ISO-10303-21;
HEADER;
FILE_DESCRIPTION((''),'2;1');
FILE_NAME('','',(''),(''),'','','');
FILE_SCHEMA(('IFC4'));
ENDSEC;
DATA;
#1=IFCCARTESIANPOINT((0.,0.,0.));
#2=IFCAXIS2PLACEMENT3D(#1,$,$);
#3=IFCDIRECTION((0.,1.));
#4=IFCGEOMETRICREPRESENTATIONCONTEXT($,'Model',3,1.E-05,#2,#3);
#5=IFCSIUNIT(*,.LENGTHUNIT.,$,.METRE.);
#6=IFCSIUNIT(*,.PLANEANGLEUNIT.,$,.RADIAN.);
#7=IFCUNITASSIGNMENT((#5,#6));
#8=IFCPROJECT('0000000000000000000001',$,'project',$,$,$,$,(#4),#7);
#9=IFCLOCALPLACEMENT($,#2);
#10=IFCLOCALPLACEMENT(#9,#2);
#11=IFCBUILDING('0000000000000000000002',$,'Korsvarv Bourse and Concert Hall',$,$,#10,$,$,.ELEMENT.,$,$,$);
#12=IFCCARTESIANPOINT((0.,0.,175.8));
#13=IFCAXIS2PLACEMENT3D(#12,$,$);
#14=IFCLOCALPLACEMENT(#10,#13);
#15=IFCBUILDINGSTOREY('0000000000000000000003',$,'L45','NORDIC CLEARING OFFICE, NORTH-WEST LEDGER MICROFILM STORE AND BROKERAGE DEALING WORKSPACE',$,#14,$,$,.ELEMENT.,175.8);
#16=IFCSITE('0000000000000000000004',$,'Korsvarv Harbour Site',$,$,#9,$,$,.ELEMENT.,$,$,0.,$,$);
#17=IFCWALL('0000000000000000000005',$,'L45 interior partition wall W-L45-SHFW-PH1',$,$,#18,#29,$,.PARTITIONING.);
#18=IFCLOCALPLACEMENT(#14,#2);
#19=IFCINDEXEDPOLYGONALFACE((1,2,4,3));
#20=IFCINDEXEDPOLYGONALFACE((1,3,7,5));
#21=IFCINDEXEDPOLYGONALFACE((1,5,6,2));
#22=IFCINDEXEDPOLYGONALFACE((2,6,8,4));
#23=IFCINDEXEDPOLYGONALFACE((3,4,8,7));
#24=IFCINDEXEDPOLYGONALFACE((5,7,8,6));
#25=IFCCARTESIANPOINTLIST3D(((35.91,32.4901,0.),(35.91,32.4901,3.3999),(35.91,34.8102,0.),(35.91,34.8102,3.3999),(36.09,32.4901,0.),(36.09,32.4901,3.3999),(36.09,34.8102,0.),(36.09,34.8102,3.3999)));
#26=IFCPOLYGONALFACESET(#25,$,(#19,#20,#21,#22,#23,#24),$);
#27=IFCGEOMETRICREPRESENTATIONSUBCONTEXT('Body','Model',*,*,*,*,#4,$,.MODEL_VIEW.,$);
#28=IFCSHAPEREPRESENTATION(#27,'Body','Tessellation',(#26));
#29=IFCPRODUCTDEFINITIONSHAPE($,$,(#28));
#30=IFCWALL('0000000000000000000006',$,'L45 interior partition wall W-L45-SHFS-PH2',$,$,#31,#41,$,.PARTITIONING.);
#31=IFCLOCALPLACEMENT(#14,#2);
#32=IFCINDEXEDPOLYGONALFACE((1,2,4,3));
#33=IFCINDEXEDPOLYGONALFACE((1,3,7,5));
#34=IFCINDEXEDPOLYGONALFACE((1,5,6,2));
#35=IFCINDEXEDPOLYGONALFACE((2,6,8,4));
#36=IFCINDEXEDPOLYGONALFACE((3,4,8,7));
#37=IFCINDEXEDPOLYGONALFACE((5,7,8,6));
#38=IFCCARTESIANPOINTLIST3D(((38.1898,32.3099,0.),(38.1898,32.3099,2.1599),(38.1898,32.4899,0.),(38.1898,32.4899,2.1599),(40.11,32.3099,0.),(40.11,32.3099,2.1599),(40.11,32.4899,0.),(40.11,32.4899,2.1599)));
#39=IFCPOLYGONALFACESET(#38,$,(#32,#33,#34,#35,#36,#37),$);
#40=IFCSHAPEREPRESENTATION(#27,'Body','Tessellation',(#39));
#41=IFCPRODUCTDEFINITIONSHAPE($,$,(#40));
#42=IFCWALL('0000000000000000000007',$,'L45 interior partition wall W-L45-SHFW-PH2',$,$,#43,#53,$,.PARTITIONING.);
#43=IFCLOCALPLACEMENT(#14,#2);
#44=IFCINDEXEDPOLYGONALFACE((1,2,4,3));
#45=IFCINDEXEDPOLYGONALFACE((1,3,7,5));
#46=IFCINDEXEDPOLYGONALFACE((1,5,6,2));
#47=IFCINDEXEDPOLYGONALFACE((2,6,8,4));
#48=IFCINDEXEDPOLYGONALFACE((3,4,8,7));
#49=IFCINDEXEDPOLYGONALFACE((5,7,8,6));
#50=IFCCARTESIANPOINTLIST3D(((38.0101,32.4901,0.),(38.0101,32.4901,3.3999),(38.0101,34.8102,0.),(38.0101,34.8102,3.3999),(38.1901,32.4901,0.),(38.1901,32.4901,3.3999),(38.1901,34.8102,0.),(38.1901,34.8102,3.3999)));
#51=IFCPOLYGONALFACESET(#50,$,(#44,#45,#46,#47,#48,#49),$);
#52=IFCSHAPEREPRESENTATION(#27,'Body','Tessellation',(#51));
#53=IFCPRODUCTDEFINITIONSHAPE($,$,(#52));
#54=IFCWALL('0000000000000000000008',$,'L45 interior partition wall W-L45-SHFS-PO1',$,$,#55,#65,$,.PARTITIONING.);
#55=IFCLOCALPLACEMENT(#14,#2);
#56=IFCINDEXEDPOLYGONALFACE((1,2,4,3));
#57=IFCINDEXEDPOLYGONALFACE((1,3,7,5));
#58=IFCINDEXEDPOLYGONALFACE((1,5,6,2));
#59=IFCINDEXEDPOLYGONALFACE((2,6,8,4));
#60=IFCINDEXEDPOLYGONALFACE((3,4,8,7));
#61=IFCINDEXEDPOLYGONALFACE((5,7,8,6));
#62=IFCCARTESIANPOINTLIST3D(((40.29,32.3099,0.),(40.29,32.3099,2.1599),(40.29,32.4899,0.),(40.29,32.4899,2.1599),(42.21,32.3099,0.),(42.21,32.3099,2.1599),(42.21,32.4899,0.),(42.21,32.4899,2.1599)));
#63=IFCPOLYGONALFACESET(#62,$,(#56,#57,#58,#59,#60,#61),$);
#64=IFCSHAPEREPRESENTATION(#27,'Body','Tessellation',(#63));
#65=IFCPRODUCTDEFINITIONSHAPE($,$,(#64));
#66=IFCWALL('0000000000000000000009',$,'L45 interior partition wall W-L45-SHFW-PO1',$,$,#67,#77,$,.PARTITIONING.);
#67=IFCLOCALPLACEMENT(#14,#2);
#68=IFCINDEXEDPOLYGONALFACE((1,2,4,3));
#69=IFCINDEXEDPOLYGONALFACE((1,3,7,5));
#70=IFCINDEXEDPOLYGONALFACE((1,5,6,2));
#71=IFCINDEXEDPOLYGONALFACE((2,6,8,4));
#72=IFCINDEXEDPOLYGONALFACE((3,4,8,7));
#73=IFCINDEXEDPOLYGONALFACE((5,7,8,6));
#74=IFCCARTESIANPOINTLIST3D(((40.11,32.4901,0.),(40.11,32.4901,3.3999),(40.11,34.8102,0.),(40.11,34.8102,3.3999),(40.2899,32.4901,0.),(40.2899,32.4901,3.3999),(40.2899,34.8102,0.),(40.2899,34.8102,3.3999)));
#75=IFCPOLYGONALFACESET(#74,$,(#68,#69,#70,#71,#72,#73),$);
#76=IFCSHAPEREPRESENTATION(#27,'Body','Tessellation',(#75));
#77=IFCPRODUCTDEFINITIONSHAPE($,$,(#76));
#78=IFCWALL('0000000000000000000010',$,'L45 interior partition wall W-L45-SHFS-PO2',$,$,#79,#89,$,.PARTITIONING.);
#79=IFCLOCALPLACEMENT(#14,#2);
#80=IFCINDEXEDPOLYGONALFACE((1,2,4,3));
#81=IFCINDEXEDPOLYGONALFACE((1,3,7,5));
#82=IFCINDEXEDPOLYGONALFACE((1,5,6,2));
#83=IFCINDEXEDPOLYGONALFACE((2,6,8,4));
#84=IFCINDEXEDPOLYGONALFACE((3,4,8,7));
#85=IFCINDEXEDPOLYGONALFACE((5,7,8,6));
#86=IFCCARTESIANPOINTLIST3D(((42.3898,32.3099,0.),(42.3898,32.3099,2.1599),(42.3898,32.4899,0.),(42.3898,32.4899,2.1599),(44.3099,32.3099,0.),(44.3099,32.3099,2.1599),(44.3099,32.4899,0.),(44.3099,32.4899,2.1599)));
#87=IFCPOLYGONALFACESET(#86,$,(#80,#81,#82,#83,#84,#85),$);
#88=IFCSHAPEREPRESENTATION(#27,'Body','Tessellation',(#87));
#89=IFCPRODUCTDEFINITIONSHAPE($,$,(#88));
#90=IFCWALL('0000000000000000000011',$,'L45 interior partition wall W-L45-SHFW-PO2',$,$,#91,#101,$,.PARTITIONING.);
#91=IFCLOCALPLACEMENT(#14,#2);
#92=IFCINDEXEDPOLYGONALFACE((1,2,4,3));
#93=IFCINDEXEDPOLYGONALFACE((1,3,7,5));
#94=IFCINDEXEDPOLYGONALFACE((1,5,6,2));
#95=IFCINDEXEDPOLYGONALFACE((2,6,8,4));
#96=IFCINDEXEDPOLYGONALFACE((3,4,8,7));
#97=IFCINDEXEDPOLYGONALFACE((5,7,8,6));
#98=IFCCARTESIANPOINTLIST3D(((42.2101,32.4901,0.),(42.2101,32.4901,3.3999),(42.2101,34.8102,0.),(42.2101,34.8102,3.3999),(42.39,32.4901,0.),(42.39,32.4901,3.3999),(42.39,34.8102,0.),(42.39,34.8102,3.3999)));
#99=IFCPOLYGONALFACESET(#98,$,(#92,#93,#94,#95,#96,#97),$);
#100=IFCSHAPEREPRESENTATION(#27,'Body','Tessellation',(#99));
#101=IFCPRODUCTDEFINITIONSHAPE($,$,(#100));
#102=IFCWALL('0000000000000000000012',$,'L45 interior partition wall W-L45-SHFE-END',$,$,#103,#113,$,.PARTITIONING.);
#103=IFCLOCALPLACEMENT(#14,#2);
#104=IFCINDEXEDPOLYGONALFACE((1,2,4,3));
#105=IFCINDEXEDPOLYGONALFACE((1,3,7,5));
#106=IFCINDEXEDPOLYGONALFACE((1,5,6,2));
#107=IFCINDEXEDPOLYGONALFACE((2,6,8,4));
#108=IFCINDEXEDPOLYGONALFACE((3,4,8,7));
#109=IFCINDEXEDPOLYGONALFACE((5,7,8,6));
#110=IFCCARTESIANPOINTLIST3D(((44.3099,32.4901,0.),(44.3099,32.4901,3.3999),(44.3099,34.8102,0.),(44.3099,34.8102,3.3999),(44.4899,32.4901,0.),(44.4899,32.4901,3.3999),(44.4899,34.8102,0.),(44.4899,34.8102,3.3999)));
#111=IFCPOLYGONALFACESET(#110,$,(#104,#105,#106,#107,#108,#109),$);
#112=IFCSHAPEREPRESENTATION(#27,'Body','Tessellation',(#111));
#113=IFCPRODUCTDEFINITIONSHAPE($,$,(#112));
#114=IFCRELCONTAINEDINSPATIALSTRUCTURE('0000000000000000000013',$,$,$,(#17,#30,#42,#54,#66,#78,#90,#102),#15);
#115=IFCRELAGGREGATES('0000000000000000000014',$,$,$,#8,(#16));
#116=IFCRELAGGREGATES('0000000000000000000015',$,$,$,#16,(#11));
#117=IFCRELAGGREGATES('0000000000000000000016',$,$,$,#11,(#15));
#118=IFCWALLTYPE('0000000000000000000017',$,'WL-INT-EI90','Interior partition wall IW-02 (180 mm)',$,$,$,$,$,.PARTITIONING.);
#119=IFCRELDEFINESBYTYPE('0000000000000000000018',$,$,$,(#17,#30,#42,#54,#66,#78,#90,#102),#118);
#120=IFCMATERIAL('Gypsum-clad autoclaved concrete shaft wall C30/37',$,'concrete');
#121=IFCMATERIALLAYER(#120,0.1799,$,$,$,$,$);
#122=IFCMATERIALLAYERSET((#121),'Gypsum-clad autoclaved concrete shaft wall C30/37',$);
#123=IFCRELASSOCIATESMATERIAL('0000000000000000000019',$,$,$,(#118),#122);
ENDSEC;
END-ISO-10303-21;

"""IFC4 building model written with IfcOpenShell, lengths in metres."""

from ifc_helpers import new_model, si_unit, direction, frame, frame_2d, origin, place, context, subcontext, project, spatial, rectangle, extrude, material, layer, layer_set, type_object, element, save


model = new_model("IFC4")

# Units and contexts
model_context = context("Model", 3, precision=1e-05, world=origin(), true_north=direction((0.0, 1.0)))
body_context = subcontext(model_context, "Body", "Model", "MODEL_VIEW")
ifc_project = project(units=[si_unit("LENGTHUNIT", "METRE"), si_unit("PLANEANGLEUNIT", "RADIAN")], contexts=[model_context])

# Site, building, storey
site_placement = place(None, origin())
site = spatial("IfcSite", under=ifc_project, at=site_placement, Name="Korsvarv Harbour Site", CompositionType="ELEMENT", RefElevation=0.0)
building_placement = place(site_placement, origin())
building = spatial("IfcBuilding", under=site, at=building_placement, Name="Korsvarv Bourse and Concert Hall", CompositionType="ELEMENT")
storey_placement = place(building_placement, frame((0.0, 0.0, 175.8)))
storey = spatial("IfcBuildingStorey", under=building, at=storey_placement, Name="L45", Description="NORDIC CLEARING OFFICE, NORTH-WEST LEDGER MICROFILM STORE AND BROKERAGE DEALING WORKSPACE", CompositionType="ELEMENT", Elevation=175.8)

# Walls
ifc_material_1 = material(Name="Gypsum-clad autoclaved concrete shaft wall C30/37", Category="concrete")
ifc_layer_1 = layer(ifc_material_1, 0.1799)
ifc_layer_set_1 = layer_set([ifc_layer_1], Name="Gypsum-clad autoclaved concrete shaft wall C30/37")
wall_type_1 = type_object("IfcWallType", Name="WL-INT-EI90", Description="Interior partition wall IW-02 (180 mm)", PredefinedType="PARTITIONING", material=ifc_layer_set_1)
wall_1_placement = place(storey_placement, frame((36.0, 32.49, 0.0), z_axis=(0.0, 0.0, 1.0), x_axis=(0.0, 1.0, 0.0)))
element("IfcWall", 1, at=wall_1_placement, inside=storey, type_object=wall_type_1, Name="L45 interior partition wall W-L45-SHFW-PH1", PredefinedType="PARTITIONING", context=body_context, shape_type="SweptSolid", body=[
    extrude(rectangle(XDim=2.3201, YDim=0.1799, at=frame_2d((1.1602, 0.0))), origin(), (0.0, 0.0, 1.0), 3.3999),
])
wall_2_placement = place(storey_placement, frame((38.1899, 32.3999, 0.0), z_axis=(0.0, 0.0, 1.0), x_axis=(1.0, 0.0, 0.0)))
element("IfcWall", 2, at=wall_2_placement, inside=storey, type_object=wall_type_1, Name="L45 interior partition wall W-L45-SHFS-PH2", PredefinedType="PARTITIONING", context=body_context, shape_type="SweptSolid", body=[
    extrude(rectangle(XDim=1.9202, YDim=0.1799, at=frame_2d((0.96, 0.0))), origin(), (0.0, 0.0, 1.0), 2.1599),
])
wall_3_placement = place(storey_placement, frame((38.1001, 32.49, 0.0), z_axis=(0.0, 0.0, 1.0), x_axis=(0.0, 1.0, 0.0)))
element("IfcWall", 3, at=wall_3_placement, inside=storey, type_object=wall_type_1, Name="L45 interior partition wall W-L45-SHFW-PH2", PredefinedType="PARTITIONING", context=body_context, shape_type="SweptSolid", body=[
    extrude(rectangle(XDim=2.3201, YDim=0.1799, at=frame_2d((1.1602, 0.0))), origin(), (0.0, 0.0, 1.0), 3.3999),
])
wall_4_placement = place(storey_placement, frame((40.29, 32.3999, 0.0), z_axis=(0.0, 0.0, 1.0), x_axis=(1.0, 0.0, 0.0)))
element("IfcWall", 4, at=wall_4_placement, inside=storey, type_object=wall_type_1, Name="L45 interior partition wall W-L45-SHFS-PO1", PredefinedType="PARTITIONING", context=body_context, shape_type="SweptSolid", body=[
    extrude(rectangle(XDim=1.9199, YDim=0.1799, at=frame_2d((0.96, 0.0))), origin(), (0.0, 0.0, 1.0), 2.1599),
])
wall_5_placement = place(storey_placement, frame((40.2, 32.49, 0.0), z_axis=(0.0, 0.0, 1.0), x_axis=(0.0, 1.0, 0.0)))
element("IfcWall", 5, at=wall_5_placement, inside=storey, type_object=wall_type_1, Name="L45 interior partition wall W-L45-SHFW-PO1", PredefinedType="PARTITIONING", context=body_context, shape_type="SweptSolid", body=[
    extrude(rectangle(XDim=2.3201, YDim=0.1799, at=frame_2d((1.1602, 0.0))), origin(), (0.0, 0.0, 1.0), 3.3999),
])
wall_6_placement = place(storey_placement, frame((42.3899, 32.3999, 0.0), z_axis=(0.0, 0.0, 1.0), x_axis=(1.0, 0.0, 0.0)))
element("IfcWall", 6, at=wall_6_placement, inside=storey, type_object=wall_type_1, Name="L45 interior partition wall W-L45-SHFS-PO2", PredefinedType="PARTITIONING", context=body_context, shape_type="SweptSolid", body=[
    extrude(rectangle(XDim=1.9202, YDim=0.1799, at=frame_2d((0.96, 0.0))), origin(), (0.0, 0.0, 1.0), 2.1599),
])
for number, where, z_axis, x_axis, name in (
    (7, (42.3, 32.49, 0.0), (0.0, 0.0, 1.0), (0.0, 1.0, 0.0), "L45 interior partition wall W-L45-SHFW-PO2"),
    (8, (44.3999, 32.49, 0.0), (0.0, 0.0, 1.0), (0.0, 1.0, 0.0), "L45 interior partition wall W-L45-SHFE-END"),
):
    element("IfcWall", number, at=place(storey_placement, frame(where, z_axis=z_axis, x_axis=x_axis)), inside=storey, type_object=wall_type_1, Name=name, PredefinedType="PARTITIONING", context=body_context, shape_type="SweptSolid", body=[
        extrude(rectangle(XDim=2.3201, YDim=0.1799, at=frame_2d((1.1602, 0.0))), origin(), (0.0, 0.0, 1.0), 3.3999),
    ])

save(model, "model.ifc")
